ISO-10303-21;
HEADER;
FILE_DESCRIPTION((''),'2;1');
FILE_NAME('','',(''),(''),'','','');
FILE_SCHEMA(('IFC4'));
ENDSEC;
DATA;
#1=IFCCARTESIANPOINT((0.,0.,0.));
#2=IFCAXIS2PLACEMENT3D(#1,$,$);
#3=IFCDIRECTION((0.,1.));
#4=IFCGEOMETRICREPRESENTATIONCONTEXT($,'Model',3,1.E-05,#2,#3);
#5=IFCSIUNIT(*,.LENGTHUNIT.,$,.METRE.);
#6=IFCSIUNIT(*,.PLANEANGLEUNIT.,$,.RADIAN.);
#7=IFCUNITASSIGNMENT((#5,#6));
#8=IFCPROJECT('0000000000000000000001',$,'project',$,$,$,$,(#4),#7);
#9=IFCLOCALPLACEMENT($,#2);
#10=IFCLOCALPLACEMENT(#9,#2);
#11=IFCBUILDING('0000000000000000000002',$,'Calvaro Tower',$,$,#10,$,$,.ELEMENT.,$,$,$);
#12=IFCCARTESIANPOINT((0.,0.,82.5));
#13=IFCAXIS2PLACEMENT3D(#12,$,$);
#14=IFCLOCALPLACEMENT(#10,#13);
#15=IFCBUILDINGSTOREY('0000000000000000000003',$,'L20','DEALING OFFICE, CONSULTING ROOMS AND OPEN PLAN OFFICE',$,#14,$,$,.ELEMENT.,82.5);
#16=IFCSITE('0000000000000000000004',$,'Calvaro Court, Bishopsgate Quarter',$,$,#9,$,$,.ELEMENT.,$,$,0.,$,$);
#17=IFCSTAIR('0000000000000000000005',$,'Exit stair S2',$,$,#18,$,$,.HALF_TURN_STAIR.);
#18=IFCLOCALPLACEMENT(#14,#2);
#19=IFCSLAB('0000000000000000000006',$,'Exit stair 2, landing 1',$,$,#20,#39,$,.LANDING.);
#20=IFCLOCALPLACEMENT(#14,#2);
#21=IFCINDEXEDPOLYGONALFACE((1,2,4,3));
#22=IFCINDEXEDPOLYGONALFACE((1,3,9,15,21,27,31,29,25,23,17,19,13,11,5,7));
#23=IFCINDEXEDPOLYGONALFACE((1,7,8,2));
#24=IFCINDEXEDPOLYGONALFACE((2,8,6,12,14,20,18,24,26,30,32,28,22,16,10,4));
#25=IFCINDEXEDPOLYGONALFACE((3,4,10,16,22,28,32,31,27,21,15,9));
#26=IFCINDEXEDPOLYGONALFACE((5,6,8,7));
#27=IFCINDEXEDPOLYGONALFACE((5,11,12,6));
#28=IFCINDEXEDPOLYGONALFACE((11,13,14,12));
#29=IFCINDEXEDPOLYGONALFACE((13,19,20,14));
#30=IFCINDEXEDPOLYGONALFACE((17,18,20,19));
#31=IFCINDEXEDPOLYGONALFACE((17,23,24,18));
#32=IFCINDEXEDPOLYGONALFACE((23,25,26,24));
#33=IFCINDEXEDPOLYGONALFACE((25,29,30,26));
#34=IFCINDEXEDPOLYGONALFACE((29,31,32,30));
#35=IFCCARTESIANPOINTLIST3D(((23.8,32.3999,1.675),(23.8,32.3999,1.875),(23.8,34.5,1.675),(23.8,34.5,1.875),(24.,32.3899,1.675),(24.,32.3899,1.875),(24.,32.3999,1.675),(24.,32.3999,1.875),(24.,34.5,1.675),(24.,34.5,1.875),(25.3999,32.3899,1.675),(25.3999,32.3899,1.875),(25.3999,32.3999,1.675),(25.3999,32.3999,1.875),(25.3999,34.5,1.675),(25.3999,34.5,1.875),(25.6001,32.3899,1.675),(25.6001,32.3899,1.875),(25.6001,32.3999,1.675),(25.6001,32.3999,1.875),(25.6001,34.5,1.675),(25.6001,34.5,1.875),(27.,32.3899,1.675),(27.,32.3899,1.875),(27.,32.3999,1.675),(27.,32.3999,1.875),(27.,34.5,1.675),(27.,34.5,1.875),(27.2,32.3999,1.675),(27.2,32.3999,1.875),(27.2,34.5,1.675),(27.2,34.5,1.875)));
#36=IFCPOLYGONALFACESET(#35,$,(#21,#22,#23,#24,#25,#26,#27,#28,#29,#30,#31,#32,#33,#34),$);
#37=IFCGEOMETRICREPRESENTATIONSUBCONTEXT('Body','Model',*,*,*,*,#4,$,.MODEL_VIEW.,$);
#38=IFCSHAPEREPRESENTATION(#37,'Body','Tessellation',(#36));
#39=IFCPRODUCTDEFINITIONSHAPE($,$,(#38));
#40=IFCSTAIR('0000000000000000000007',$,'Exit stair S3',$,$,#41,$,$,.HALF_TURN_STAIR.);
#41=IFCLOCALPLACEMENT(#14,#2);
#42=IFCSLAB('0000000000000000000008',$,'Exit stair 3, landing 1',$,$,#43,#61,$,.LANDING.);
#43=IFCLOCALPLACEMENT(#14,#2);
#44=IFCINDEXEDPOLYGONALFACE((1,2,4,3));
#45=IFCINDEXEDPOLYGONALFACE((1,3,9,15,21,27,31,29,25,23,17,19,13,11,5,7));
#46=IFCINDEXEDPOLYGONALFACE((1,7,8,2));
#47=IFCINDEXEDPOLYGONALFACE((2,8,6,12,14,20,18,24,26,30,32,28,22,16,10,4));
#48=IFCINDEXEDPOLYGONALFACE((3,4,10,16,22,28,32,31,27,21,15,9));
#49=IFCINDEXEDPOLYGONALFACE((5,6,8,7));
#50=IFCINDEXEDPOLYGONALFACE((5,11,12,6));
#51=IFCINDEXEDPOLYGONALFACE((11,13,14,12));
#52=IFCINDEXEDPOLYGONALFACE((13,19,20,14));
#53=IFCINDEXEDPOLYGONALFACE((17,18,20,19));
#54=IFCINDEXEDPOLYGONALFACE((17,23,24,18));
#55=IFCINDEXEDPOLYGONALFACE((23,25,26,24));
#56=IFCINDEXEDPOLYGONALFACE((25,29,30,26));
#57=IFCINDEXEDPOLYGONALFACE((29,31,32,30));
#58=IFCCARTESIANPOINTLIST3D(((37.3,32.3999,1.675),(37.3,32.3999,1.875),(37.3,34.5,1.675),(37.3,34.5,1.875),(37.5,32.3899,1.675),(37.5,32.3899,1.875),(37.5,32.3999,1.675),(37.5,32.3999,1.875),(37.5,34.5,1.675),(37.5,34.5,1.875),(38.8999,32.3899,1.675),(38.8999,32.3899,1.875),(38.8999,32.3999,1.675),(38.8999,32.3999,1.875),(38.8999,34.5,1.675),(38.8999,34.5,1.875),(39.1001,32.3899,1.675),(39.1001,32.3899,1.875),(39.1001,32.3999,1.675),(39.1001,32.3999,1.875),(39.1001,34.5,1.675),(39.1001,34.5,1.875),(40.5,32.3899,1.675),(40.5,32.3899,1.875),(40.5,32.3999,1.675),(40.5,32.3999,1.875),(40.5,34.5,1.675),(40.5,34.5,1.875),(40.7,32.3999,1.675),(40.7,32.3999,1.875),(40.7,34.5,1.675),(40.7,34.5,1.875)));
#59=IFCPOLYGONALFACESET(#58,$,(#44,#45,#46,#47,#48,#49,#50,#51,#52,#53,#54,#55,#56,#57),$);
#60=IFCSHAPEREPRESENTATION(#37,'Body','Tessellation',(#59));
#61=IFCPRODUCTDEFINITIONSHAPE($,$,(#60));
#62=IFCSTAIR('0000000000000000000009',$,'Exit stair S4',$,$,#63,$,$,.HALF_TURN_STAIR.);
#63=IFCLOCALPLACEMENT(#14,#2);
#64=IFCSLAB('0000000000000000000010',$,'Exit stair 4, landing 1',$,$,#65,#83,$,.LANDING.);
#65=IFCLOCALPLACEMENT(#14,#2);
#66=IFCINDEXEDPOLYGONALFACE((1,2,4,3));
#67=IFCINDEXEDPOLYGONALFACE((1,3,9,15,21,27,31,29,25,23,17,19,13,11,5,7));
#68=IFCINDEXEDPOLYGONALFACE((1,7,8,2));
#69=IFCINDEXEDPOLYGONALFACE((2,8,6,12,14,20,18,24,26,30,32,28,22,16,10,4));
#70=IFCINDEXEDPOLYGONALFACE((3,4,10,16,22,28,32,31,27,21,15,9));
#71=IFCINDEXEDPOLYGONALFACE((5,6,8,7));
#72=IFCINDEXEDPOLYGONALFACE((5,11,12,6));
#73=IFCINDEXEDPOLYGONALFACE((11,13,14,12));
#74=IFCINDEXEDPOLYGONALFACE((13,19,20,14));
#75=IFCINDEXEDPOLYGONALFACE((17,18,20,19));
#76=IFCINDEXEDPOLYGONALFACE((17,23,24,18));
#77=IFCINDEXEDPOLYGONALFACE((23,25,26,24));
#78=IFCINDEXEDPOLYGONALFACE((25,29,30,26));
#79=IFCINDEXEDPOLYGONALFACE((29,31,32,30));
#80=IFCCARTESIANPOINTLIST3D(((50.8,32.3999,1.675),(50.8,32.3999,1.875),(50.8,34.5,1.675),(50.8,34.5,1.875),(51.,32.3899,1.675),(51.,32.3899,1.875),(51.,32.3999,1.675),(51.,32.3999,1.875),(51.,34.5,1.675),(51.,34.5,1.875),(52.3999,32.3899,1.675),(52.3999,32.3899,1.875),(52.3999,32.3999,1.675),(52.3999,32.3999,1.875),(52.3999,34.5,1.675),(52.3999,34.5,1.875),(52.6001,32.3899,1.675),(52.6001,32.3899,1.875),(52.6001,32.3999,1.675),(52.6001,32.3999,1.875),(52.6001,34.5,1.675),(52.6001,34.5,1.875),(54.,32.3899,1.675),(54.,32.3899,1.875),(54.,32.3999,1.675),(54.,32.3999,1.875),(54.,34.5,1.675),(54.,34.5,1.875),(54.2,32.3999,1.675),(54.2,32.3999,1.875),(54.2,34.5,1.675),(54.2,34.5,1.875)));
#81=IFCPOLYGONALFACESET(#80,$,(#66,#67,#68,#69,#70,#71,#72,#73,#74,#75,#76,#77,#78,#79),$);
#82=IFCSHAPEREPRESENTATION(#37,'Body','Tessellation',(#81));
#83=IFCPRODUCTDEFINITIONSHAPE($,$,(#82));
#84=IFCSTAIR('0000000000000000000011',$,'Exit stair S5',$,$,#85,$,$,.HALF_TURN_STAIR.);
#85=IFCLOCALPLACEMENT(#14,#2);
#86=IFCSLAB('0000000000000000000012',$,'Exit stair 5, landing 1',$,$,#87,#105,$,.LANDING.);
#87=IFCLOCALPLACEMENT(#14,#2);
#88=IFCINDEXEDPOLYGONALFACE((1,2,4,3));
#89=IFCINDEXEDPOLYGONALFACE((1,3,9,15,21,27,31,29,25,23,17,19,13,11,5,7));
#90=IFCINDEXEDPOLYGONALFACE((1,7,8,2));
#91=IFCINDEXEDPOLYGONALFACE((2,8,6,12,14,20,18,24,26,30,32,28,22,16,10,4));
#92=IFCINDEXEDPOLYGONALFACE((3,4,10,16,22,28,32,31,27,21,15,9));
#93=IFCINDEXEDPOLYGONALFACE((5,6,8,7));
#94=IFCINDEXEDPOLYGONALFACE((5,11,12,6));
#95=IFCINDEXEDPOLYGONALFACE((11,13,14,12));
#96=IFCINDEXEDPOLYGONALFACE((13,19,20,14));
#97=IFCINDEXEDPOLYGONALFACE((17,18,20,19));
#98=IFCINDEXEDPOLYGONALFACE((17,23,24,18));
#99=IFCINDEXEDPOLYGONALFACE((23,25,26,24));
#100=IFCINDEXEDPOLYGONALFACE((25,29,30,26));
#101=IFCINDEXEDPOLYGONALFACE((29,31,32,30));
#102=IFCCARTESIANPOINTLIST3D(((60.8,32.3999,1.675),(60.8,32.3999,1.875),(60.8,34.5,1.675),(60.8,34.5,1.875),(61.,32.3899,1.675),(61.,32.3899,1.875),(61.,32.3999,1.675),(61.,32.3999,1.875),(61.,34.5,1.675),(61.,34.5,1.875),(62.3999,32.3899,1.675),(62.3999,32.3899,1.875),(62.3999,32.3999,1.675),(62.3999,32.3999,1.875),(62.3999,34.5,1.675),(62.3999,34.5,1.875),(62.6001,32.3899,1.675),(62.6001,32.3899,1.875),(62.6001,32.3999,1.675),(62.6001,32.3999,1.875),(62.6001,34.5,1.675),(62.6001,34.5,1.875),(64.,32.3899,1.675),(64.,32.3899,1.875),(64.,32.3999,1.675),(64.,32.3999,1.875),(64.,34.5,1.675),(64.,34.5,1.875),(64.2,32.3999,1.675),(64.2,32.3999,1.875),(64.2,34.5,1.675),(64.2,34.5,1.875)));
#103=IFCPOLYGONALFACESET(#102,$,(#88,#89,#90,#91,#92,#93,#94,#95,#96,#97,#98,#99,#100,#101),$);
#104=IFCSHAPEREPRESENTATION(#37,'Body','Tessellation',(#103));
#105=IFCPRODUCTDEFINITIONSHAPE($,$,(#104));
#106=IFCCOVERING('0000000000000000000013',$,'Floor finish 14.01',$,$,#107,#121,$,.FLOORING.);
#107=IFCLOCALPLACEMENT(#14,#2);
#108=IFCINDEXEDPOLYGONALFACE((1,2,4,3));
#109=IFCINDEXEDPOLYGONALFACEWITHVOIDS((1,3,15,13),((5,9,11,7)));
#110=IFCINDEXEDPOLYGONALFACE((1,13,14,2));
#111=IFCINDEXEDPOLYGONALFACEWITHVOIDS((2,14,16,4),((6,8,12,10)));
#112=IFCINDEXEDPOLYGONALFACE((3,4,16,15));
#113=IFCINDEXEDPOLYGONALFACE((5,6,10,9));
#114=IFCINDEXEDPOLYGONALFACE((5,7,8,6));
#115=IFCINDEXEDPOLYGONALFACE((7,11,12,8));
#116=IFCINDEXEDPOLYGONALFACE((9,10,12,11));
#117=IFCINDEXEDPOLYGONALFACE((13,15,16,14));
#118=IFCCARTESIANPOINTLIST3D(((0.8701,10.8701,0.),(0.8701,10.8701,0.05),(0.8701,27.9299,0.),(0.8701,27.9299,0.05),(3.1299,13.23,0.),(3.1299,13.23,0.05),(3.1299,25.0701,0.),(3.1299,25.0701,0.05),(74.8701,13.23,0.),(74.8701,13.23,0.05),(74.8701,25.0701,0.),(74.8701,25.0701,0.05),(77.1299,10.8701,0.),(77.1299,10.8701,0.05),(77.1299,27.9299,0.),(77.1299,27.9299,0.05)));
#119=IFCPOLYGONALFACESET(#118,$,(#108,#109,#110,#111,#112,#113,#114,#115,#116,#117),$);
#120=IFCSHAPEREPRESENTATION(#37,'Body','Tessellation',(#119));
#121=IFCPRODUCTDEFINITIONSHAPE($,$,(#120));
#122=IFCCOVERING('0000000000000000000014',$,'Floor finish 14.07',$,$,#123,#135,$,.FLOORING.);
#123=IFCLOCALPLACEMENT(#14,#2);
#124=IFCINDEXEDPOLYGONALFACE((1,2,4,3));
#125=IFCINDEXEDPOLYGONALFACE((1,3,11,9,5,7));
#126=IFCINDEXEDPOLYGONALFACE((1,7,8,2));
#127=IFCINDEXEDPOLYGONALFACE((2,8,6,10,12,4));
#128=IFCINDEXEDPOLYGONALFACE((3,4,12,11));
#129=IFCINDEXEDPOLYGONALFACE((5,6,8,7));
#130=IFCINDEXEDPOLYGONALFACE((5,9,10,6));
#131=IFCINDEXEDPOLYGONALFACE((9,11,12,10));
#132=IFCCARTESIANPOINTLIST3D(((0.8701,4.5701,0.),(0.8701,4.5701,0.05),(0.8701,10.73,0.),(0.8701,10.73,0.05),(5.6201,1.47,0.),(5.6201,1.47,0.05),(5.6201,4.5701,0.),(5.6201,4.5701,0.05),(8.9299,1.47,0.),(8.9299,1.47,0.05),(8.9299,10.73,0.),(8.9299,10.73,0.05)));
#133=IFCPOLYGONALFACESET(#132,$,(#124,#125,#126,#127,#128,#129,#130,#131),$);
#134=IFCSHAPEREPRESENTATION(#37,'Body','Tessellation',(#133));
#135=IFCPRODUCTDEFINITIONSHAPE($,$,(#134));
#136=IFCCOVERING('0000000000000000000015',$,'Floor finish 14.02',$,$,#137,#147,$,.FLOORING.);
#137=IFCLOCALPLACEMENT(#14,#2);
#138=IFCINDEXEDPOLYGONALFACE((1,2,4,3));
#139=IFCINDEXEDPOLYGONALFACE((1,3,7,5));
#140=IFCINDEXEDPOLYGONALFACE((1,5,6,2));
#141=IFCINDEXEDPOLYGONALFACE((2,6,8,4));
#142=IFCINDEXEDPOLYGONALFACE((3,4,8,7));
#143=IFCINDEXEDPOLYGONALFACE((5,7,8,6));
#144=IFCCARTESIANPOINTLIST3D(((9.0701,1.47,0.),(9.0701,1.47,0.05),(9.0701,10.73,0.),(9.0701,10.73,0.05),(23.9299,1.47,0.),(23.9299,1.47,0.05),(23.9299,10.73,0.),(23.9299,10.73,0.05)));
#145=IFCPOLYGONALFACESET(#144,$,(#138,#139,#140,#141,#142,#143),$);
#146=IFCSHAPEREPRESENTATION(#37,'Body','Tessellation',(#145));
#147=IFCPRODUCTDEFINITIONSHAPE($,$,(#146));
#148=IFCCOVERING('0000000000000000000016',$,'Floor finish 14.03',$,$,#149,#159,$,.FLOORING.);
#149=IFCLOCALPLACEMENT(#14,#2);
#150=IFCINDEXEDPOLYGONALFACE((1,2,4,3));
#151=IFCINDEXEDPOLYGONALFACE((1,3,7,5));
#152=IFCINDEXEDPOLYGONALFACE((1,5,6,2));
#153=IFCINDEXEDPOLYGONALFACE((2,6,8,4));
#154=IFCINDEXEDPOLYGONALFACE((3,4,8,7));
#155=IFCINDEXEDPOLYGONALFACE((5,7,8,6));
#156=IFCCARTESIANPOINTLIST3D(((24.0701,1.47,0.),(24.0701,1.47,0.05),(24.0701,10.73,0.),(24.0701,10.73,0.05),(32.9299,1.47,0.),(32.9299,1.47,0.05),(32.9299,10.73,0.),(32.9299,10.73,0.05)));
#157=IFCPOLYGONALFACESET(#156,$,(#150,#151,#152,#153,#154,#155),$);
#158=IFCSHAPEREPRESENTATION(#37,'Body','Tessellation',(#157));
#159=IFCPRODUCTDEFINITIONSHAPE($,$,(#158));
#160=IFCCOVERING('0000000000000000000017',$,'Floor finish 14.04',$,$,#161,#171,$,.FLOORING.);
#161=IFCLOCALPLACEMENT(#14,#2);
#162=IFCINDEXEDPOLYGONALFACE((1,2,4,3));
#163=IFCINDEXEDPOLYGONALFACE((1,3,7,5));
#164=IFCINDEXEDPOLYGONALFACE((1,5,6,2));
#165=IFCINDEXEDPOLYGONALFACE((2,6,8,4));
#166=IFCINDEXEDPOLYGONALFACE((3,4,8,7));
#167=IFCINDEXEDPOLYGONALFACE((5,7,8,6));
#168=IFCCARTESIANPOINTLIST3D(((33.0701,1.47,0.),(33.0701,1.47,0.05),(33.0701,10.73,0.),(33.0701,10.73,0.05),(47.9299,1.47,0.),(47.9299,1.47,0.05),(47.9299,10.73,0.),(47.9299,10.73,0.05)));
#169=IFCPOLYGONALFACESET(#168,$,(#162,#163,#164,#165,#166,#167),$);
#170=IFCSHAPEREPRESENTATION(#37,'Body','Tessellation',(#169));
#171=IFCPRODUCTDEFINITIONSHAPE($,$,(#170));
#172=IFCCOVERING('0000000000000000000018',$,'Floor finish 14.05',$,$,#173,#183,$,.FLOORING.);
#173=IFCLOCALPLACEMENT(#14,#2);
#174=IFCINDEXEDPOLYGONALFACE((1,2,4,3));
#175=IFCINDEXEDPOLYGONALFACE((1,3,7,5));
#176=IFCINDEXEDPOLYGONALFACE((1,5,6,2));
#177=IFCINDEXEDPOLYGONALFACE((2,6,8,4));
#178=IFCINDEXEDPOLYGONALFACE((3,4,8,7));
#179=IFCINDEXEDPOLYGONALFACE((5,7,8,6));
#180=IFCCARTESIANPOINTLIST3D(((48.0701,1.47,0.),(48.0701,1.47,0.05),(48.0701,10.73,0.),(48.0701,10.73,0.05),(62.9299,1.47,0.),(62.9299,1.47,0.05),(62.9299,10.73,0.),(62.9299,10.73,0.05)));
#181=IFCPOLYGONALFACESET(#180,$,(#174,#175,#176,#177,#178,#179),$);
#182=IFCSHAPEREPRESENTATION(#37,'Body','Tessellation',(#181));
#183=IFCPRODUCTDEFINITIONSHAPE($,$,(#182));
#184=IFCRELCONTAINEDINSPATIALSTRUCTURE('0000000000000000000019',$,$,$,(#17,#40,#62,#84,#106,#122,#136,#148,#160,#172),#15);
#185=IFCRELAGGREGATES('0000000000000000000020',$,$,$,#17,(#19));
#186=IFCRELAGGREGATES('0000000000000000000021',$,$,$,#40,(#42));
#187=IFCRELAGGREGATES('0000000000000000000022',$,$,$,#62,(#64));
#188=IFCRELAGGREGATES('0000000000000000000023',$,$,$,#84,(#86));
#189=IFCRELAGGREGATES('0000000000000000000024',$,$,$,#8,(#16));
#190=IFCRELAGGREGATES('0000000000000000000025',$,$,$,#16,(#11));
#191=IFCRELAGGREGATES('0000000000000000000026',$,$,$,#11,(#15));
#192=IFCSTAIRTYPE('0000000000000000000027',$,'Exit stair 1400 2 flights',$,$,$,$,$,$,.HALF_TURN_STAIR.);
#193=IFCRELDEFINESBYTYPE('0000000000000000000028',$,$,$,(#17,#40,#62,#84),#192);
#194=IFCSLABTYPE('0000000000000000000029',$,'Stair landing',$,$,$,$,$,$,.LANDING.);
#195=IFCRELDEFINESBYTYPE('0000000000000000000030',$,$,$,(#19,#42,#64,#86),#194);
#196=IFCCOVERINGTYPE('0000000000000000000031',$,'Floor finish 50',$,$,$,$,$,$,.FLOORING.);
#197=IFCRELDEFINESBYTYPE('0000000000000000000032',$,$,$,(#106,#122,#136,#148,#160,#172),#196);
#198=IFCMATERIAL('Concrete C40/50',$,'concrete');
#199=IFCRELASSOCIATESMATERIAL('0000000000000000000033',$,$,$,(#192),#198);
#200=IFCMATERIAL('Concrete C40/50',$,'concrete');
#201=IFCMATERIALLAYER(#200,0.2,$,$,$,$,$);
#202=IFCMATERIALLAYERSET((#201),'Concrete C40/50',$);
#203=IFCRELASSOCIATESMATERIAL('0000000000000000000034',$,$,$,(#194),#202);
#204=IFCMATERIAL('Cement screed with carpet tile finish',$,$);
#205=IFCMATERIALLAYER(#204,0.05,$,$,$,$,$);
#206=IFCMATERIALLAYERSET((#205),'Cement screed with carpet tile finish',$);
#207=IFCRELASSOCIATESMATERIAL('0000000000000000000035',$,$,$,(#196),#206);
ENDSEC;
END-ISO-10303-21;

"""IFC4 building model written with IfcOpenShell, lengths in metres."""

from ifc_helpers import new_model, si_unit, direction, frame, origin, place, context, subcontext, project, spatial, polyline, outline, extrude, material, layer, layer_set, type_object, element, aggregate, save


model = new_model("IFC4")

# Units and contexts
model_context = context("Model", 3, precision=1e-05, world=origin(), true_north=direction((0.0, 1.0)))
body_context = subcontext(model_context, "Body", "Model", "MODEL_VIEW")
ifc_project = project(units=[si_unit("LENGTHUNIT", "METRE"), si_unit("PLANEANGLEUNIT", "RADIAN")], contexts=[model_context])

# Site, building, storey
site_placement = place(None, origin())
site = spatial("IfcSite", under=ifc_project, at=site_placement, Name="Calvaro Court, Bishopsgate Quarter", CompositionType="ELEMENT", RefElevation=0.0)
building_placement = place(site_placement, origin())
building = spatial("IfcBuilding", under=site, at=building_placement, Name="Calvaro Tower", CompositionType="ELEMENT")
storey_placement = place(building_placement, frame((0.0, 0.0, 82.5)))
storey = spatial("IfcBuildingStorey", under=building, at=storey_placement, Name="L20", Description="DEALING OFFICE, CONSULTING ROOMS AND OPEN PLAN OFFICE", CompositionType="ELEMENT", Elevation=82.5)

# Stairs, slabs
ifc_material_1 = material(Name="Concrete C40/50", Category="concrete")
stair_type = type_object("IfcStairType", Name="Exit stair 1400 2 flights", PredefinedType="HALF_TURN_STAIR", material=ifc_material_1)
ifc_material_2 = material(Name="Concrete C40/50", Category="concrete")
ifc_layer_1 = layer(ifc_material_2, 0.2)
ifc_layer_set_1 = layer_set([ifc_layer_1], Name="Concrete C40/50")
slab_type_1 = type_object("IfcSlabType", Name="Stair landing", PredefinedType="LANDING", material=ifc_layer_set_1)
stair_1_placement = place(storey_placement, origin())
stair_1 = element("IfcStair", 1, at=stair_1_placement, inside=storey, type_object=stair_type, Name="Exit stair S2", PredefinedType="HALF_TURN_STAIR")
slab_1_placement = place(storey_placement, frame((0.0, 0.0, 1.675)))
slab_1 = element("IfcSlab", 2, at=slab_1_placement, type_object=slab_type_1, Name="Exit stair 2, landing 1", PredefinedType="LANDING", context=body_context, shape_type="SweptSolid", body=[
    extrude(outline(polyline([(25.3999, 32.3899), (24.0, 32.3899), (24.0, 32.3999), (23.8, 32.3999), (23.8, 34.5), (24.0, 34.5), (25.3999, 34.5), (25.6001, 34.5), (27.0, 34.5), (27.2, 34.5), (27.2, 32.3999), (27.0, 32.3999), (27.0, 32.3899), (25.6001, 32.3899), (25.6001, 32.3999), (25.3999, 32.3999), (25.3999, 32.3899)])), origin(), (0.0, 0.0, 1.0), 0.2),
])
aggregate(stair_1, [slab_1])
stair_2_placement = place(storey_placement, origin())
stair_2 = element("IfcStair", 3, at=stair_2_placement, inside=storey, type_object=stair_type, Name="Exit stair S3", PredefinedType="HALF_TURN_STAIR")
slab_2_placement = place(storey_placement, frame((0.0, 0.0, 1.675)))
slab_2 = element("IfcSlab", 4, at=slab_2_placement, type_object=slab_type_1, Name="Exit stair 3, landing 1", PredefinedType="LANDING", context=body_context, shape_type="SweptSolid", body=[
    extrude(outline(polyline([(38.8999, 32.3899), (37.5, 32.3899), (37.5, 32.3999), (37.3, 32.3999), (37.3, 34.5), (37.5, 34.5), (38.8999, 34.5), (39.1001, 34.5), (40.5, 34.5), (40.7, 34.5), (40.7, 32.3999), (40.5, 32.3999), (40.5, 32.3899), (39.1001, 32.3899), (39.1001, 32.3999), (38.8999, 32.3999), (38.8999, 32.3899)])), origin(), (0.0, 0.0, 1.0), 0.2),
])
aggregate(stair_2, [slab_2])
stair_3_placement = place(storey_placement, origin())
stair_3 = element("IfcStair", 5, at=stair_3_placement, inside=storey, type_object=stair_type, Name="Exit stair S4", PredefinedType="HALF_TURN_STAIR")
slab_3_placement = place(storey_placement, frame((0.0, 0.0, 1.675)))
slab_3 = element("IfcSlab", 6, at=slab_3_placement, type_object=slab_type_1, Name="Exit stair 4, landing 1", PredefinedType="LANDING", context=body_context, shape_type="SweptSolid", body=[
    extrude(outline(polyline([(52.3999, 32.3899), (51.0, 32.3899), (51.0, 32.3999), (50.8, 32.3999), (50.8, 34.5), (51.0, 34.5), (52.3999, 34.5), (52.6001, 34.5), (54.0, 34.5), (54.2, 34.5), (54.2, 32.3999), (54.0, 32.3999), (54.0, 32.3899), (52.6001, 32.3899), (52.6001, 32.3999), (52.3999, 32.3999), (52.3999, 32.3899)])), origin(), (0.0, 0.0, 1.0), 0.2),
])
aggregate(stair_3, [slab_3])
stair_4_placement = place(storey_placement, origin())
stair_4 = element("IfcStair", 7, at=stair_4_placement, inside=storey, type_object=stair_type, Name="Exit stair S5", PredefinedType="HALF_TURN_STAIR")
slab_4_placement = place(storey_placement, frame((0.0, 0.0, 1.675)))
slab_4 = element("IfcSlab", 8, at=slab_4_placement, type_object=slab_type_1, Name="Exit stair 5, landing 1", PredefinedType="LANDING", context=body_context, shape_type="SweptSolid", body=[
    extrude(outline(polyline([(62.3999, 32.3899), (61.0, 32.3899), (61.0, 32.3999), (60.8, 32.3999), (60.8, 34.5), (61.0, 34.5), (62.3999, 34.5), (62.6001, 34.5), (64.0, 34.5), (64.2, 34.5), (64.2, 32.3999), (64.0, 32.3999), (64.0, 32.3899), (62.6001, 32.3899), (62.6001, 32.3999), (62.3999, 32.3999), (62.3999, 32.3899)])), origin(), (0.0, 0.0, 1.0), 0.2),
])
aggregate(stair_4, [slab_4])

# Coverings
ifc_material_3 = material(Name="Cement screed with carpet tile finish")
ifc_layer_2 = layer(ifc_material_3, 0.05)
ifc_layer_set_2 = layer_set([ifc_layer_2], Name="Cement screed with carpet tile finish")
covering_type = type_object("IfcCoveringType", Name="Floor finish 50", PredefinedType="FLOORING", material=ifc_layer_set_2)
covering_1_placement = place(storey_placement, origin())
element("IfcCovering", 9, at=covering_1_placement, inside=storey, type_object=covering_type, Name="Floor finish 14.01", PredefinedType="FLOORING", context=body_context, shape_type="SweptSolid", body=[
    extrude(outline(polyline([(0.8701, 10.8701), (0.8701, 27.9299), (77.1299, 27.9299), (77.1299, 10.8701), (0.8701, 10.8701)]), holes=[polyline([(74.8701, 13.23), (74.8701, 25.0701), (3.1299, 25.0701), (3.1299, 13.23), (74.8701, 13.23)])]), origin(), (0.0, 0.0, 1.0), 0.05),
])
covering_2_placement = place(storey_placement, origin())
element("IfcCovering", 10, at=covering_2_placement, inside=storey, type_object=covering_type, Name="Floor finish 14.07", PredefinedType="FLOORING", context=body_context, shape_type="SweptSolid", body=[
    extrude(outline(polyline([(8.9299, 10.73), (8.9299, 1.47), (5.6201, 1.47), (5.6201, 4.5701), (0.8701, 4.5701), (0.8701, 10.73), (8.9299, 10.73)])), origin(), (0.0, 0.0, 1.0), 0.05),
])
covering_3_placement = place(storey_placement, origin())
element("IfcCovering", 11, at=covering_3_placement, inside=storey, type_object=covering_type, Name="Floor finish 14.02", PredefinedType="FLOORING", context=body_context, shape_type="SweptSolid", body=[
    extrude(outline(polyline([(9.0701, 10.73), (23.9299, 10.73), (23.9299, 1.47), (9.0701, 1.47), (9.0701, 10.73)])), origin(), (0.0, 0.0, 1.0), 0.05),
])
covering_4_placement = place(storey_placement, origin())
element("IfcCovering", 12, at=covering_4_placement, inside=storey, type_object=covering_type, Name="Floor finish 14.03", PredefinedType="FLOORING", context=body_context, shape_type="SweptSolid", body=[
    extrude(outline(polyline([(24.0701, 10.73), (32.9299, 10.73), (32.9299, 1.47), (24.0701, 1.47), (24.0701, 10.73)])), origin(), (0.0, 0.0, 1.0), 0.05),
])
covering_5_placement = place(storey_placement, origin())
element("IfcCovering", 13, at=covering_5_placement, inside=storey, type_object=covering_type, Name="Floor finish 14.04", PredefinedType="FLOORING", context=body_context, shape_type="SweptSolid", body=[
    extrude(outline(polyline([(33.0701, 10.73), (47.9299, 10.73), (47.9299, 1.47), (33.0701, 1.47), (33.0701, 10.73)])), origin(), (0.0, 0.0, 1.0), 0.05),
])
covering_6_placement = place(storey_placement, origin())
element("IfcCovering", 14, at=covering_6_placement, inside=storey, type_object=covering_type, Name="Floor finish 14.05", PredefinedType="FLOORING", context=body_context, shape_type="SweptSolid", body=[
    extrude(outline(polyline([(48.0701, 10.73), (62.9299, 10.73), (62.9299, 1.47), (48.0701, 1.47), (48.0701, 10.73)])), origin(), (0.0, 0.0, 1.0), 0.05),
])

save(model, "model.ifc")
